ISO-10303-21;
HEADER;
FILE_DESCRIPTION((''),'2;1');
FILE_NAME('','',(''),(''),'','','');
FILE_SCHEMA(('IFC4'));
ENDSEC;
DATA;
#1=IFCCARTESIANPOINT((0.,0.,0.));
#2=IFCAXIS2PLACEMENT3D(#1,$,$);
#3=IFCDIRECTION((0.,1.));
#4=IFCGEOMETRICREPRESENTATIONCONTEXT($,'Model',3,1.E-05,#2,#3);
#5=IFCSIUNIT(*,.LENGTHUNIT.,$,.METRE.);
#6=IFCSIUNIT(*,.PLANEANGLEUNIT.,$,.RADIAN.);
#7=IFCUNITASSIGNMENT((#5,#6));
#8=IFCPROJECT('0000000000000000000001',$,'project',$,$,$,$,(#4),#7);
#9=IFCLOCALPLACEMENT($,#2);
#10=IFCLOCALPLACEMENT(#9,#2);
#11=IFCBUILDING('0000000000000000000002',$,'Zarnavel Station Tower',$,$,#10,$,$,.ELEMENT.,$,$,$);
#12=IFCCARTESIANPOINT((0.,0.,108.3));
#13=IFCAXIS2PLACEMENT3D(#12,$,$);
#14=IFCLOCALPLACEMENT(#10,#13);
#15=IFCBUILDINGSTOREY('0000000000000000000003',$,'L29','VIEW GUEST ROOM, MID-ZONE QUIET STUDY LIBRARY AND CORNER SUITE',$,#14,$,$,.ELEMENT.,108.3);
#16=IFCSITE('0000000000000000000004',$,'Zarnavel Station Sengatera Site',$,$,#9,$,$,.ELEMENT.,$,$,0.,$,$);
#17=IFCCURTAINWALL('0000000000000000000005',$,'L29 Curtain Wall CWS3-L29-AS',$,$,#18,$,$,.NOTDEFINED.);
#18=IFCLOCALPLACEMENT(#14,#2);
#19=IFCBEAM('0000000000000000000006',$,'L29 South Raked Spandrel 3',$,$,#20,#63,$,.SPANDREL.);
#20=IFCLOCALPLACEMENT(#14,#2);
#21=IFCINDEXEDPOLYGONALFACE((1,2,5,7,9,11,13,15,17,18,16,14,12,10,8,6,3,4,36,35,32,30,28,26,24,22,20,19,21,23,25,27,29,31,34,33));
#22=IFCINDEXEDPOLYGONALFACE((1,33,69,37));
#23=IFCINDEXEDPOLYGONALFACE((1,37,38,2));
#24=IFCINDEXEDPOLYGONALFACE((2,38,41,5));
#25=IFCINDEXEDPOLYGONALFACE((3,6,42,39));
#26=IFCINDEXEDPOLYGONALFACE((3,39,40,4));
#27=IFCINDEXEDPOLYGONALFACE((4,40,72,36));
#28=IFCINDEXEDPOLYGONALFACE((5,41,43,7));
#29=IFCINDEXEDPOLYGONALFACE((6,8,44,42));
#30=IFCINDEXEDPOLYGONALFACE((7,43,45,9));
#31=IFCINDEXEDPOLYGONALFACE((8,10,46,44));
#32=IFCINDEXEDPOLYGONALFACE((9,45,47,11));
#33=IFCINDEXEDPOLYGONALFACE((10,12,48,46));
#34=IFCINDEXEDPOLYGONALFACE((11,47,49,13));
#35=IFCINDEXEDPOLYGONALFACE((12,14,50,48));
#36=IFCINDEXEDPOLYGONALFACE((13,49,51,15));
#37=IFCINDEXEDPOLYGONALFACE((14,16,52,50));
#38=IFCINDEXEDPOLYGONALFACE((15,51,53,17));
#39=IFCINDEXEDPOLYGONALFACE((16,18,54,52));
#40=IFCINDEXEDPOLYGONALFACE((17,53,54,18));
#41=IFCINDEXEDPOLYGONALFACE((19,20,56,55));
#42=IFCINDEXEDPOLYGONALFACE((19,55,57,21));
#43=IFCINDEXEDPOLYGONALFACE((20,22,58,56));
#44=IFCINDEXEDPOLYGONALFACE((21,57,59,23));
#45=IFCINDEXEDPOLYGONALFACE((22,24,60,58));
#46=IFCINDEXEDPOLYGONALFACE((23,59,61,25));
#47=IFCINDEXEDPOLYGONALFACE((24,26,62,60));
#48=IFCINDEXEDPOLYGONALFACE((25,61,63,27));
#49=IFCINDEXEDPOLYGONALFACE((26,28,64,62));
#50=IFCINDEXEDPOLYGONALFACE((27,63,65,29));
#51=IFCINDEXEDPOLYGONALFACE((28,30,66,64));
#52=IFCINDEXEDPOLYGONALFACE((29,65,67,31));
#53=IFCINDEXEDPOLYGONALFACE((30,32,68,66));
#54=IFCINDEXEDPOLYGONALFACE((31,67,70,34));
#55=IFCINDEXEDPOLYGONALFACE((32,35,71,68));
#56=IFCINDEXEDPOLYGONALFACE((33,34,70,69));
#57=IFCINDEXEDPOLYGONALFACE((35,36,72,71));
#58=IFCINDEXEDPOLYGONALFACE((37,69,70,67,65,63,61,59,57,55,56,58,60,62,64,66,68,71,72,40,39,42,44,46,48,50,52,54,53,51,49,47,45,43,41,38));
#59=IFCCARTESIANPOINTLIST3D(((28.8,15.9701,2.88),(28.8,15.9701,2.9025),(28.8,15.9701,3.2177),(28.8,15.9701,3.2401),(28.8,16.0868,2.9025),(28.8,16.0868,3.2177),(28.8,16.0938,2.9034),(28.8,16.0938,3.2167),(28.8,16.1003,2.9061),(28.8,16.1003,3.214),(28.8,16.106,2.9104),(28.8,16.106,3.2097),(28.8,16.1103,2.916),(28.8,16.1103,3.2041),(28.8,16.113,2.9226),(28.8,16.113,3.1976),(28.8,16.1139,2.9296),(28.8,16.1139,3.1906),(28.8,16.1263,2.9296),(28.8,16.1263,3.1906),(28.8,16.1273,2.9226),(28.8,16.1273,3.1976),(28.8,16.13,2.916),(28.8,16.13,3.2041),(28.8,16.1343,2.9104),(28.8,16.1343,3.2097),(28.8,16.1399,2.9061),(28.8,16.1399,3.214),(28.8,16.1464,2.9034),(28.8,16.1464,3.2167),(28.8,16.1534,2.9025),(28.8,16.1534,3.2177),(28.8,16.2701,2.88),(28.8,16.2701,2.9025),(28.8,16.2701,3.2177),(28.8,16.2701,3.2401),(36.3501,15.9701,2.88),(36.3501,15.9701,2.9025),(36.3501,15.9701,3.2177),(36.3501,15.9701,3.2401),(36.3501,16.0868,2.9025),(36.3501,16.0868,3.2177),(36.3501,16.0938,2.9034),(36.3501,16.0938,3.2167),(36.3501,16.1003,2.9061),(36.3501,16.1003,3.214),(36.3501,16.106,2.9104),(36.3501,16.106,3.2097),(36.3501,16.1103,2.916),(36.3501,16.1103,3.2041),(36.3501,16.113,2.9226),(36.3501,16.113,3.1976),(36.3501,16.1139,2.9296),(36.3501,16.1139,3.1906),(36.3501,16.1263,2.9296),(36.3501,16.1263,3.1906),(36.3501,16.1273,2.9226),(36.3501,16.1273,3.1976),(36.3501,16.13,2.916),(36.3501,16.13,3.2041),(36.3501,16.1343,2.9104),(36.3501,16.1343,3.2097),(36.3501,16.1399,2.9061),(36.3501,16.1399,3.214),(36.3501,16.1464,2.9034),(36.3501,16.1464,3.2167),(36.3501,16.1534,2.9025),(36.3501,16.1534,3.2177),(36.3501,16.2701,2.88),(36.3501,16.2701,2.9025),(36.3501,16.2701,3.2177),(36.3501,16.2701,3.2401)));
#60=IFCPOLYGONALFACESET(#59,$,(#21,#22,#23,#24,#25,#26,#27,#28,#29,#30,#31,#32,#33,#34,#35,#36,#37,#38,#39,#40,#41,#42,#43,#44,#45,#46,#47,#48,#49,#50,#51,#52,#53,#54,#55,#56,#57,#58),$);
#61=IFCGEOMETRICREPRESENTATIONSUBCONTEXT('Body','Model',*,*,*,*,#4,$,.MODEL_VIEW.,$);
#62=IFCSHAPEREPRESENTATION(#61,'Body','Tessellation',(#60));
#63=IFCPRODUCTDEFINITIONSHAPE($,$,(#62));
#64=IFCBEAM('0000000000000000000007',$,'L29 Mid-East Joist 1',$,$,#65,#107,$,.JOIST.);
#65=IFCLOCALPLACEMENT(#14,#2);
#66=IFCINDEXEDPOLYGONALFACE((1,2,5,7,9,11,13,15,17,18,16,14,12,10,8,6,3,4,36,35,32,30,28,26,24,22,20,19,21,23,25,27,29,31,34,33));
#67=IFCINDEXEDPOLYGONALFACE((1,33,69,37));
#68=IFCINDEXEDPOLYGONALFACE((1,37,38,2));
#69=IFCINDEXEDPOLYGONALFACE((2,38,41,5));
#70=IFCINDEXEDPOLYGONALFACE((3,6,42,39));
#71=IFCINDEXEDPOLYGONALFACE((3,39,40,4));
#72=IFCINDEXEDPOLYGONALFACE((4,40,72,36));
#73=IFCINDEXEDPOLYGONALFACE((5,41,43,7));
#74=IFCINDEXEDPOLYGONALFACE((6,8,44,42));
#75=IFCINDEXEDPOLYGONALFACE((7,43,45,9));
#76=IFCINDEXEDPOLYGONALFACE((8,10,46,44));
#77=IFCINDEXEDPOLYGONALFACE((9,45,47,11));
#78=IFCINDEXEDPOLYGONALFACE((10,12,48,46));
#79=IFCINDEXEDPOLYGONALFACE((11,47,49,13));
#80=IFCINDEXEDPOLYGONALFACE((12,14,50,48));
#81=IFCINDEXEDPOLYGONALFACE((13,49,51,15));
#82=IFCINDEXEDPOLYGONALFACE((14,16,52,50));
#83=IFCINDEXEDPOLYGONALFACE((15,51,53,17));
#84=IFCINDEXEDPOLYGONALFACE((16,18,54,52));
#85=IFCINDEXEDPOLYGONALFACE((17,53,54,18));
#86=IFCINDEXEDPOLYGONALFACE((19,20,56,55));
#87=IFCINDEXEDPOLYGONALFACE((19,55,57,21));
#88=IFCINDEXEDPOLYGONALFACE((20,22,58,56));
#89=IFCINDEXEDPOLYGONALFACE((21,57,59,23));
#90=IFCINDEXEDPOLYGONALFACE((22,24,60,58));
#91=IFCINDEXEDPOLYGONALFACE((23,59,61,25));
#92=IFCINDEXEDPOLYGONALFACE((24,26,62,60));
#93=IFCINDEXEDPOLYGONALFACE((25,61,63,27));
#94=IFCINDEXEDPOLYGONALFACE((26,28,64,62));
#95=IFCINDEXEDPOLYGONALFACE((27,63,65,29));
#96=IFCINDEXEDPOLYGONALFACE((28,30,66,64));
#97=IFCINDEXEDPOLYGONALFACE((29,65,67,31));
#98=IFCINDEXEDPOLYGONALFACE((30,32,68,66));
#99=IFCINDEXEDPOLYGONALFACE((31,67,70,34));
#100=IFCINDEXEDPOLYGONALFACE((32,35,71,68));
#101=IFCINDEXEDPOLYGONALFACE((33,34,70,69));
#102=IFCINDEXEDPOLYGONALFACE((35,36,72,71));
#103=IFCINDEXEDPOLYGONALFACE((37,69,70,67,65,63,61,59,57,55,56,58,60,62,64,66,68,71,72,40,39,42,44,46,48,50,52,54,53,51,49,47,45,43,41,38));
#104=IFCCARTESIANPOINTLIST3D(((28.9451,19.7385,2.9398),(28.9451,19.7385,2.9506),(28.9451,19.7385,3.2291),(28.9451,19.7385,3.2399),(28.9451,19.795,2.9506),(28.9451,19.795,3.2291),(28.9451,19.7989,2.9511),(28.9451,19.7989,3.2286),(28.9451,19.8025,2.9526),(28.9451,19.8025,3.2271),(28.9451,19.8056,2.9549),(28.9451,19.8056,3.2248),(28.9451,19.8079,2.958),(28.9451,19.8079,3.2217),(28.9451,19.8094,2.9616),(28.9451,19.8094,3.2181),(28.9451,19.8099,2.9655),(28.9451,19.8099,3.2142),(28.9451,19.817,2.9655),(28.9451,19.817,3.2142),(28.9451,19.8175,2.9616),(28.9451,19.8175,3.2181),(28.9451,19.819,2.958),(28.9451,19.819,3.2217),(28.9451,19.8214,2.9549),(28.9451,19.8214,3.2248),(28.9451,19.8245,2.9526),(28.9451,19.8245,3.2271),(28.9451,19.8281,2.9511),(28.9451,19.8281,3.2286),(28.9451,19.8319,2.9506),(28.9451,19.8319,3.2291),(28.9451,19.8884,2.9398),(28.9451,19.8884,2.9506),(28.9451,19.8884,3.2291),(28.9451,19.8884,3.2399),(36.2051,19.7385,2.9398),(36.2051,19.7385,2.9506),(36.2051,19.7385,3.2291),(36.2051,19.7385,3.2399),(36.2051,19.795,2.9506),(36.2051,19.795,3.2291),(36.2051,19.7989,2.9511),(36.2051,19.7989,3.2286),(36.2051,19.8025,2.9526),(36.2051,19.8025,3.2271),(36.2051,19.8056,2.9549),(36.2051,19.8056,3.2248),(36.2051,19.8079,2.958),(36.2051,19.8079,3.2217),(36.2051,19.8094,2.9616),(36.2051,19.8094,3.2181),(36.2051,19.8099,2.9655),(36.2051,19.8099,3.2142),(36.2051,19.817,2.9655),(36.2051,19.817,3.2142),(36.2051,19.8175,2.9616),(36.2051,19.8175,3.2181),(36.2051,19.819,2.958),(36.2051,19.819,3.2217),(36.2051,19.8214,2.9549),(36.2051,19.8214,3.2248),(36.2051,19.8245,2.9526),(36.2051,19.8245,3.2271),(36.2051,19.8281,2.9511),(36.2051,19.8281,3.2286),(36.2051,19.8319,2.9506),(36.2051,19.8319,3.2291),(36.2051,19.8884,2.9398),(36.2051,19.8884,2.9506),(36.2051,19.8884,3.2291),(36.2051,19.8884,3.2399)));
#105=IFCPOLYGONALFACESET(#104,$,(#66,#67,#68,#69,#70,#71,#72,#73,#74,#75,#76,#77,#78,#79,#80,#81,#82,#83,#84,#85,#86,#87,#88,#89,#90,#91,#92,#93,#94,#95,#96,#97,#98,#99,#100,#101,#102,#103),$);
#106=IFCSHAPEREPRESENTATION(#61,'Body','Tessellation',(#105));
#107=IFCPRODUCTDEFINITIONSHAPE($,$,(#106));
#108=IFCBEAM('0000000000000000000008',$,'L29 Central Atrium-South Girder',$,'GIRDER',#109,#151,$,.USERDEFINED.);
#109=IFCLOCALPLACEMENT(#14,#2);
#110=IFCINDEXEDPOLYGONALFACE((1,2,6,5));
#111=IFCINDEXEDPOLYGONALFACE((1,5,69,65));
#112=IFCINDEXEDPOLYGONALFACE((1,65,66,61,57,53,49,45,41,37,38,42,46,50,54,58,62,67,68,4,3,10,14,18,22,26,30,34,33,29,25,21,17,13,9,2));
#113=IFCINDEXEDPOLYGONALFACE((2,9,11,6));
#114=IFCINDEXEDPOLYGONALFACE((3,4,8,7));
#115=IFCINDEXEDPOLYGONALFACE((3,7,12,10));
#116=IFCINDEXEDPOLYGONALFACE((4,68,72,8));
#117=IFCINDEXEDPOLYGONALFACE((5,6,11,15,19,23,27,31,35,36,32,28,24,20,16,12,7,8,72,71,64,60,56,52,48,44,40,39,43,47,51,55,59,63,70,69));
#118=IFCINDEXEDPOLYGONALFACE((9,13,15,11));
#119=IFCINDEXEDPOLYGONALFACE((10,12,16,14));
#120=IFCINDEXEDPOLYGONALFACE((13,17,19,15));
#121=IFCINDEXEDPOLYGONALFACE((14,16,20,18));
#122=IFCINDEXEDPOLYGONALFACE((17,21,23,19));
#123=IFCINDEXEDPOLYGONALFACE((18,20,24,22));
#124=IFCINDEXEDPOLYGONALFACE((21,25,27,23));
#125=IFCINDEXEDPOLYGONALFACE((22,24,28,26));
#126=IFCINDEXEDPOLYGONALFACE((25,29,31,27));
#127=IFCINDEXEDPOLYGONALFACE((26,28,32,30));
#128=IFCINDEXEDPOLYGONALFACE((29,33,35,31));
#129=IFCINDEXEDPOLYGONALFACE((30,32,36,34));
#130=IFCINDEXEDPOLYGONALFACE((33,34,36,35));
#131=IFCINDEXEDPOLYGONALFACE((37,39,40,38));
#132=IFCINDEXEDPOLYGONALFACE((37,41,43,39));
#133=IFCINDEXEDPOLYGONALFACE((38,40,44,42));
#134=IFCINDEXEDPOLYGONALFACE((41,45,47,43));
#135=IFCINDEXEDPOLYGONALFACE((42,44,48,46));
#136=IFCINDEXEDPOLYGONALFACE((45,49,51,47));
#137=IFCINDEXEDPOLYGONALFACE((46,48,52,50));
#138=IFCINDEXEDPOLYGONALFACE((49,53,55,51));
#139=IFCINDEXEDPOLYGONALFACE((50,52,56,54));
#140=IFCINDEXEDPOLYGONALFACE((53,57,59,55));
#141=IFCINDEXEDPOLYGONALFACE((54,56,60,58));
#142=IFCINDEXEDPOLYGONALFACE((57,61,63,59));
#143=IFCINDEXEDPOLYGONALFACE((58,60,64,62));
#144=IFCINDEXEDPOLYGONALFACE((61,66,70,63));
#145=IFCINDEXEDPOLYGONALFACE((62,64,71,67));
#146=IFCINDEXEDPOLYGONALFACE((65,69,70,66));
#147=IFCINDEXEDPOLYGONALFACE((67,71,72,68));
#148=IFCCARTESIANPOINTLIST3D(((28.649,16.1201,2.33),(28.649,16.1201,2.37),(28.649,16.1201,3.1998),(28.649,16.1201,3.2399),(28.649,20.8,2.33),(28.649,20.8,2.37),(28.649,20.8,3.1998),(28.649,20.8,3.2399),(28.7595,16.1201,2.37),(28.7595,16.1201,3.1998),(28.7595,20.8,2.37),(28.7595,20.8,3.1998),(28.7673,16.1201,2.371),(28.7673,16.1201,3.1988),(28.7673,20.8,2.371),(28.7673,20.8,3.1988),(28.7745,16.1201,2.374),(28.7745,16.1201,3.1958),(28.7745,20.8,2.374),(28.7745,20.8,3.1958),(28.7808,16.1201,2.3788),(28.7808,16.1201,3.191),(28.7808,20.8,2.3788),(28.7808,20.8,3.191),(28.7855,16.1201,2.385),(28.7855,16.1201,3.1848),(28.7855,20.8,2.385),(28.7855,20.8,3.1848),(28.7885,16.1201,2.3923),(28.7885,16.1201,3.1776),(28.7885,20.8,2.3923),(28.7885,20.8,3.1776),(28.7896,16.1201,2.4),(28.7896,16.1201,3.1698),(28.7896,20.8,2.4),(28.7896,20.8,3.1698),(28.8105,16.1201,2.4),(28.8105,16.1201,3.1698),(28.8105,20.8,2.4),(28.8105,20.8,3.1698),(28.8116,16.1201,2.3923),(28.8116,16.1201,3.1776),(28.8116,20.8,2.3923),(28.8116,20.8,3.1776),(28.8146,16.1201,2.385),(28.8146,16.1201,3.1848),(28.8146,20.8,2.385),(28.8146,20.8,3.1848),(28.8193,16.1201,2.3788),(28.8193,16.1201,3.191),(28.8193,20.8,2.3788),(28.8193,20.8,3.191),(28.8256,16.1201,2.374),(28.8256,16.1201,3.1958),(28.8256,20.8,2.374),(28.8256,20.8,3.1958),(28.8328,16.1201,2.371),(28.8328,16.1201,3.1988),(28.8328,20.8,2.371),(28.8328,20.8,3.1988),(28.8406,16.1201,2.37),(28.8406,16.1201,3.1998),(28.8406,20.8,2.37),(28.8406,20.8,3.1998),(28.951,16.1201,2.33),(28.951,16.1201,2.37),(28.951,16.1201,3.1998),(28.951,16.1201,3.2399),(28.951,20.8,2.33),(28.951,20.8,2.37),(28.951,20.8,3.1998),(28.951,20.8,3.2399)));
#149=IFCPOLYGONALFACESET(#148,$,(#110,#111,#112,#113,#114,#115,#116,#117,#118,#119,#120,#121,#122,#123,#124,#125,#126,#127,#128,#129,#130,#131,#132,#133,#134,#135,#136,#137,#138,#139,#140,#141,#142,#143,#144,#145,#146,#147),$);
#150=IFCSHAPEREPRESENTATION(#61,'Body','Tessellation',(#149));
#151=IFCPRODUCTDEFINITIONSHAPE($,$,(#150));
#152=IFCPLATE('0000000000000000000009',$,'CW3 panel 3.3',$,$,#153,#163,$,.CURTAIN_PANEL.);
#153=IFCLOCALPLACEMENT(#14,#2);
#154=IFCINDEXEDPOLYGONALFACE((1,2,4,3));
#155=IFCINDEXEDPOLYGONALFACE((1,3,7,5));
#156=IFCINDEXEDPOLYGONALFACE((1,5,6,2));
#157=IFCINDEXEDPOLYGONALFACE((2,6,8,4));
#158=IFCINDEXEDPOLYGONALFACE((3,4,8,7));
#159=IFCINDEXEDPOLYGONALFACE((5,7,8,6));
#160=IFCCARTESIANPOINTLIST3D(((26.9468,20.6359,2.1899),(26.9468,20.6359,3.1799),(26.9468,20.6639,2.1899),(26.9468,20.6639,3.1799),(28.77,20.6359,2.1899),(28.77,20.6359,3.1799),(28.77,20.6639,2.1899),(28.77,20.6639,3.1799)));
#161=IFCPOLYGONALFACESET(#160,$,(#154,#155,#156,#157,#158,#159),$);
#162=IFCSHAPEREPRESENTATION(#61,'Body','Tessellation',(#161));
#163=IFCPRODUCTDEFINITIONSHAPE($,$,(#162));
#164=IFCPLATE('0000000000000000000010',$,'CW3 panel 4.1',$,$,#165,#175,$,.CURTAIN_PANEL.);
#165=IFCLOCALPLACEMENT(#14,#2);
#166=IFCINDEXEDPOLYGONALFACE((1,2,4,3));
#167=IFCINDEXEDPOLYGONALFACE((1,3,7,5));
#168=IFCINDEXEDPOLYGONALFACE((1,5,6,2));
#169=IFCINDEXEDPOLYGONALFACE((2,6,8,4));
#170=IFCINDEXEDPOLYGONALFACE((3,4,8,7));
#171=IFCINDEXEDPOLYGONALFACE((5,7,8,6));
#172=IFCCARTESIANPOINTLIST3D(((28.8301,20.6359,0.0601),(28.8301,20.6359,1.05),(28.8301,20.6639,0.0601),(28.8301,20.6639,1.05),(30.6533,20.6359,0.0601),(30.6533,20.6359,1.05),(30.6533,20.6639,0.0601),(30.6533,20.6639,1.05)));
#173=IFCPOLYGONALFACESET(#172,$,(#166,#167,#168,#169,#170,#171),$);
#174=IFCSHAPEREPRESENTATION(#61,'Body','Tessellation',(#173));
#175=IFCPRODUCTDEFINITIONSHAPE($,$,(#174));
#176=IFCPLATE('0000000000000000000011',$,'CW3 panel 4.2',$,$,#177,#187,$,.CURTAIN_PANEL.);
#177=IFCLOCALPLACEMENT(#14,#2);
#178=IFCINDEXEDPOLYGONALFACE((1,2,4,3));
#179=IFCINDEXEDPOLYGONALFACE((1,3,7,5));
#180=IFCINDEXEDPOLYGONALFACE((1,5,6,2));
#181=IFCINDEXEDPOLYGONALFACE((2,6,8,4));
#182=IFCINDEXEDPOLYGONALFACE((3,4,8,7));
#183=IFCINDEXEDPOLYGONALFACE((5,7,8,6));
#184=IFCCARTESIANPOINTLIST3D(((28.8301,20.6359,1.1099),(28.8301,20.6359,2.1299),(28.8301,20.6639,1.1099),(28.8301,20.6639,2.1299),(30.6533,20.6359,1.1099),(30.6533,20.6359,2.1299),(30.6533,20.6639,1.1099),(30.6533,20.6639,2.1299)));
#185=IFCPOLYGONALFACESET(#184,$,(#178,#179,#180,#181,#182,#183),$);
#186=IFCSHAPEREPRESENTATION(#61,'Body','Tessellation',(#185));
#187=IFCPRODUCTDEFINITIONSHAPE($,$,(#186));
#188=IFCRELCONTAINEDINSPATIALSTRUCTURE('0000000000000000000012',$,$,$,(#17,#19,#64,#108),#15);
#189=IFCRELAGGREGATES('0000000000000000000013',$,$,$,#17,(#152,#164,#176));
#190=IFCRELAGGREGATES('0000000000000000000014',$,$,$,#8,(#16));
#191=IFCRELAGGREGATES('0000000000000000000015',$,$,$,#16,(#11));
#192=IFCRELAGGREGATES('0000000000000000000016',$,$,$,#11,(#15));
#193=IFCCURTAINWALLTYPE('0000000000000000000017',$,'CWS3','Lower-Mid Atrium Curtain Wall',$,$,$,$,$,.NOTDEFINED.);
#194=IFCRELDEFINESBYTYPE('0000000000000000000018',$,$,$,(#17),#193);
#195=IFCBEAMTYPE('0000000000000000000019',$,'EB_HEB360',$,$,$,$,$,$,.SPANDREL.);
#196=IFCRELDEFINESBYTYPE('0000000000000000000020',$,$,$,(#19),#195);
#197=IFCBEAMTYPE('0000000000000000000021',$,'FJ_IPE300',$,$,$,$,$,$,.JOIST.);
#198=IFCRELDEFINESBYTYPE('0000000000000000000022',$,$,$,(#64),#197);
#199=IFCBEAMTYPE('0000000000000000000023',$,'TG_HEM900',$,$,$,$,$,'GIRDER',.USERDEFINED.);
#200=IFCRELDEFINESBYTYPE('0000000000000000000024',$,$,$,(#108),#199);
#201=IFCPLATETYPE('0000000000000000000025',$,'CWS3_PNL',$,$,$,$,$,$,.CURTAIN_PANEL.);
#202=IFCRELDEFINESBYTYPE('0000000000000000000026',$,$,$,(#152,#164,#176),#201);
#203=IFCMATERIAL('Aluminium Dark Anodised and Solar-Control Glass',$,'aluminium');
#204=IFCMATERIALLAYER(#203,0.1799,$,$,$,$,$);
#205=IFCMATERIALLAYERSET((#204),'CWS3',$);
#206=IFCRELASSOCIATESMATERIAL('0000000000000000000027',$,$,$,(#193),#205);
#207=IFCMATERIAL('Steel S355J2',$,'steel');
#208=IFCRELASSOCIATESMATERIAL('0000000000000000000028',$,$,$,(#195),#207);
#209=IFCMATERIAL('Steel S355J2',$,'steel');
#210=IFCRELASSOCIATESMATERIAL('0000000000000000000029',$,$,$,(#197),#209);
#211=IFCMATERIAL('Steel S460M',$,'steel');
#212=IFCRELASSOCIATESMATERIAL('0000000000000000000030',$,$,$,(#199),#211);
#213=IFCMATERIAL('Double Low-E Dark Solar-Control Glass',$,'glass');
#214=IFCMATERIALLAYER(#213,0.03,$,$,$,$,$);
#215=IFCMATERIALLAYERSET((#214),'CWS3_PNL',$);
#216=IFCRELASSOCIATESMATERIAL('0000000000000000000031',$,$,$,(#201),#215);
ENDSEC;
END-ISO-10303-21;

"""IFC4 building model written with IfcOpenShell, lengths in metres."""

from ifc_helpers import new_model, si_unit, direction, frame, origin, origin_2d, place, context, subcontext, project, spatial, rectangle, i_section, extrude, material, layer, layer_set, material_profile, profile_set, type_object, element, aggregate, save


model = new_model("IFC4")

# Units and contexts
model_context = context("Model", 3, precision=1e-05, world=origin(), true_north=direction((0.0, 1.0)))
body_context = subcontext(model_context, "Body", "Model", "MODEL_VIEW")
ifc_project = project(units=[si_unit("LENGTHUNIT", "METRE"), si_unit("PLANEANGLEUNIT", "RADIAN")], contexts=[model_context])

# Site, building, storey
site_placement = place(None, origin())
site = spatial("IfcSite", under=ifc_project, at=site_placement, Name="Zarnavel Station Sengatera Site", CompositionType="ELEMENT", RefElevation=0.0)
building_placement = place(site_placement, origin())
building = spatial("IfcBuilding", under=site, at=building_placement, Name="Zarnavel Station Tower", CompositionType="ELEMENT")
storey_placement = place(building_placement, frame((0.0, 0.0, 108.3)))
storey = spatial("IfcBuildingStorey", under=building, at=storey_placement, Name="L29", Description="VIEW GUEST ROOM, MID-ZONE QUIET STUDY LIBRARY AND CORNER SUITE", CompositionType="ELEMENT", Elevation=108.3)

# Curtain wall
ifc_material_1 = material(Name="Aluminium Dark Anodised and Solar-Control Glass", Category="aluminium")
ifc_layer_1 = layer(ifc_material_1, 0.1799)
ifc_layer_set_1 = layer_set([ifc_layer_1], Name="CWS3")
curtain_wall_type = type_object("IfcCurtainWallType", Name="CWS3", Description="Lower-Mid Atrium Curtain Wall", PredefinedType="NOTDEFINED", material=ifc_layer_set_1)
curtain_wall_placement = place(storey_placement, origin())
curtain_wall = element("IfcCurtainWall", 1, at=curtain_wall_placement, inside=storey, type_object=curtain_wall_type, Name="L29 Curtain Wall CWS3-L29-AS", PredefinedType="NOTDEFINED")

# Beams
ifc_material_2 = material(Name="Steel S355J2", Category="steel")
ifc_material_profile_1 = material_profile(ifc_material_2, i_section(OverallWidth=0.3, OverallDepth=0.3601, WebThickness=0.0125, FlangeThickness=0.0225, FilletRadius=0.0271, at=origin_2d()), Name="HEB360")
ifc_profile_set_1 = profile_set([ifc_material_profile_1], Name="Steel S355J2")
beam_type_1 = type_object("IfcBeamType", Name="EB_HEB360", PredefinedType="SPANDREL", material=ifc_profile_set_1)
beam_1_placement = place(storey_placement, frame((28.8, 16.1201, 3.0601), z_axis=(1.0, 0.0, 0.0), x_axis=(0.0, 1.0, 0.0)))
element("IfcBeam", 2, at=beam_1_placement, inside=storey, type_object=beam_type_1, Name="L29 South Raked Spandrel 3", PredefinedType="SPANDREL", context=body_context, shape_type="SweptSolid", body=[
    extrude(i_section(OverallWidth=0.3, OverallDepth=0.3601, WebThickness=0.0125, FlangeThickness=0.0225, FilletRadius=0.0271, at=origin_2d()), origin(), (0.0, 0.0, 1.0), 7.55),
])
ifc_material_3 = material(Name="Steel S355J2", Category="steel")
ifc_material_profile_2 = material_profile(ifc_material_3, i_section(OverallWidth=0.1499, OverallDepth=0.3, WebThickness=0.0071, FlangeThickness=0.0107, FilletRadius=0.0149, at=origin_2d()), Name="IPE300")
ifc_profile_set_2 = profile_set([ifc_material_profile_2], Name="Steel S355J2")
beam_type_2 = type_object("IfcBeamType", Name="FJ_IPE300", PredefinedType="JOIST", material=ifc_profile_set_2)
beam_2_placement = place(storey_placement, frame((28.9451, 19.8135, 3.0898), z_axis=(1.0, 0.0, 0.0), x_axis=(0.0, 1.0, 0.0)))
element("IfcBeam", 3, at=beam_2_placement, inside=storey, type_object=beam_type_2, Name="L29 Mid-East Joist 1", PredefinedType="JOIST", context=body_context, shape_type="SweptSolid", body=[
    extrude(i_section(OverallWidth=0.1499, OverallDepth=0.3, WebThickness=0.0071, FlangeThickness=0.0107, FilletRadius=0.0149, at=origin_2d()), origin(), (0.0, 0.0, 1.0), 7.26),
])
ifc_material_4 = material(Name="Steel S460M", Category="steel")
ifc_material_profile_3 = material_profile(ifc_material_4, i_section(OverallWidth=0.302, OverallDepth=0.9099, WebThickness=0.021, FlangeThickness=0.04, FilletRadius=0.03, at=origin_2d()), Name="HEM900")
ifc_profile_set_3 = profile_set([ifc_material_profile_3], Name="Steel S460M")
beam_type_3 = type_object("IfcBeamType", Name="TG_HEM900", ElementType="GIRDER", PredefinedType="USERDEFINED", material=ifc_profile_set_3)
beam_3_placement = place(storey_placement, frame((28.8, 16.1201, 2.7849), z_axis=(0.0, 1.0, 0.0), x_axis=(-1.0, 0.0, 0.0)))
element("IfcBeam", 4, at=beam_3_placement, inside=storey, type_object=beam_type_3, Name="L29 Central Atrium-South Girder", ObjectType="GIRDER", PredefinedType="USERDEFINED", context=body_context, shape_type="SweptSolid", body=[
    extrude(i_section(OverallWidth=0.302, OverallDepth=0.9099, WebThickness=0.021, FlangeThickness=0.04, FilletRadius=0.03, at=origin_2d()), origin(), (0.0, 0.0, 1.0), 4.6799),
])

# Plates
ifc_material_5 = material(Name="Double Low-E Dark Solar-Control Glass", Category="glass")
ifc_layer_2 = layer(ifc_material_5, 0.03)
ifc_layer_set_2 = layer_set([ifc_layer_2], Name="CWS3_PNL")
plate_type = type_object("IfcPlateType", Name="CWS3_PNL", PredefinedType="CURTAIN_PANEL", material=ifc_layer_set_2)
plate_1_placement = place(storey_placement, frame((27.8584, 20.6499, 2.1899), z_axis=(0.0, 0.0, 1.0), x_axis=(1.0, 0.0, 0.0)))
plate_1 = element("IfcPlate", 5, at=plate_1_placement, type_object=plate_type, Name="CW3 panel 3.3", PredefinedType="CURTAIN_PANEL", context=body_context, shape_type="SweptSolid", body=[
    extrude(rectangle(XDim=1.8232, YDim=0.0281, at=origin_2d()), origin(), (0.0, 0.0, 1.0), 0.99),
])
plate_2_placement = place(storey_placement, frame((29.7417, 20.6499, 0.0601), z_axis=(0.0, 0.0, 1.0), x_axis=(1.0, 0.0, 0.0)))
plate_2 = element("IfcPlate", 6, at=plate_2_placement, type_object=plate_type, Name="CW3 panel 4.1", PredefinedType="CURTAIN_PANEL", context=body_context, shape_type="SweptSolid", body=[
    extrude(rectangle(XDim=1.8232, YDim=0.0281, at=origin_2d()), origin(), (0.0, 0.0, 1.0), 0.99),
])
plate_3_placement = place(storey_placement, frame((29.7417, 20.6499, 1.1099), z_axis=(0.0, 0.0, 1.0), x_axis=(1.0, 0.0, 0.0)))
plate_3 = element("IfcPlate", 7, at=plate_3_placement, type_object=plate_type, Name="CW3 panel 4.2", PredefinedType="CURTAIN_PANEL", context=body_context, shape_type="SweptSolid", body=[
    extrude(rectangle(XDim=1.8232, YDim=0.0281, at=origin_2d()), origin(), (0.0, 0.0, 1.0), 1.02),
])
aggregate(curtain_wall, [plate_1, plate_2, plate_3])

save(model, "model.ifc")
